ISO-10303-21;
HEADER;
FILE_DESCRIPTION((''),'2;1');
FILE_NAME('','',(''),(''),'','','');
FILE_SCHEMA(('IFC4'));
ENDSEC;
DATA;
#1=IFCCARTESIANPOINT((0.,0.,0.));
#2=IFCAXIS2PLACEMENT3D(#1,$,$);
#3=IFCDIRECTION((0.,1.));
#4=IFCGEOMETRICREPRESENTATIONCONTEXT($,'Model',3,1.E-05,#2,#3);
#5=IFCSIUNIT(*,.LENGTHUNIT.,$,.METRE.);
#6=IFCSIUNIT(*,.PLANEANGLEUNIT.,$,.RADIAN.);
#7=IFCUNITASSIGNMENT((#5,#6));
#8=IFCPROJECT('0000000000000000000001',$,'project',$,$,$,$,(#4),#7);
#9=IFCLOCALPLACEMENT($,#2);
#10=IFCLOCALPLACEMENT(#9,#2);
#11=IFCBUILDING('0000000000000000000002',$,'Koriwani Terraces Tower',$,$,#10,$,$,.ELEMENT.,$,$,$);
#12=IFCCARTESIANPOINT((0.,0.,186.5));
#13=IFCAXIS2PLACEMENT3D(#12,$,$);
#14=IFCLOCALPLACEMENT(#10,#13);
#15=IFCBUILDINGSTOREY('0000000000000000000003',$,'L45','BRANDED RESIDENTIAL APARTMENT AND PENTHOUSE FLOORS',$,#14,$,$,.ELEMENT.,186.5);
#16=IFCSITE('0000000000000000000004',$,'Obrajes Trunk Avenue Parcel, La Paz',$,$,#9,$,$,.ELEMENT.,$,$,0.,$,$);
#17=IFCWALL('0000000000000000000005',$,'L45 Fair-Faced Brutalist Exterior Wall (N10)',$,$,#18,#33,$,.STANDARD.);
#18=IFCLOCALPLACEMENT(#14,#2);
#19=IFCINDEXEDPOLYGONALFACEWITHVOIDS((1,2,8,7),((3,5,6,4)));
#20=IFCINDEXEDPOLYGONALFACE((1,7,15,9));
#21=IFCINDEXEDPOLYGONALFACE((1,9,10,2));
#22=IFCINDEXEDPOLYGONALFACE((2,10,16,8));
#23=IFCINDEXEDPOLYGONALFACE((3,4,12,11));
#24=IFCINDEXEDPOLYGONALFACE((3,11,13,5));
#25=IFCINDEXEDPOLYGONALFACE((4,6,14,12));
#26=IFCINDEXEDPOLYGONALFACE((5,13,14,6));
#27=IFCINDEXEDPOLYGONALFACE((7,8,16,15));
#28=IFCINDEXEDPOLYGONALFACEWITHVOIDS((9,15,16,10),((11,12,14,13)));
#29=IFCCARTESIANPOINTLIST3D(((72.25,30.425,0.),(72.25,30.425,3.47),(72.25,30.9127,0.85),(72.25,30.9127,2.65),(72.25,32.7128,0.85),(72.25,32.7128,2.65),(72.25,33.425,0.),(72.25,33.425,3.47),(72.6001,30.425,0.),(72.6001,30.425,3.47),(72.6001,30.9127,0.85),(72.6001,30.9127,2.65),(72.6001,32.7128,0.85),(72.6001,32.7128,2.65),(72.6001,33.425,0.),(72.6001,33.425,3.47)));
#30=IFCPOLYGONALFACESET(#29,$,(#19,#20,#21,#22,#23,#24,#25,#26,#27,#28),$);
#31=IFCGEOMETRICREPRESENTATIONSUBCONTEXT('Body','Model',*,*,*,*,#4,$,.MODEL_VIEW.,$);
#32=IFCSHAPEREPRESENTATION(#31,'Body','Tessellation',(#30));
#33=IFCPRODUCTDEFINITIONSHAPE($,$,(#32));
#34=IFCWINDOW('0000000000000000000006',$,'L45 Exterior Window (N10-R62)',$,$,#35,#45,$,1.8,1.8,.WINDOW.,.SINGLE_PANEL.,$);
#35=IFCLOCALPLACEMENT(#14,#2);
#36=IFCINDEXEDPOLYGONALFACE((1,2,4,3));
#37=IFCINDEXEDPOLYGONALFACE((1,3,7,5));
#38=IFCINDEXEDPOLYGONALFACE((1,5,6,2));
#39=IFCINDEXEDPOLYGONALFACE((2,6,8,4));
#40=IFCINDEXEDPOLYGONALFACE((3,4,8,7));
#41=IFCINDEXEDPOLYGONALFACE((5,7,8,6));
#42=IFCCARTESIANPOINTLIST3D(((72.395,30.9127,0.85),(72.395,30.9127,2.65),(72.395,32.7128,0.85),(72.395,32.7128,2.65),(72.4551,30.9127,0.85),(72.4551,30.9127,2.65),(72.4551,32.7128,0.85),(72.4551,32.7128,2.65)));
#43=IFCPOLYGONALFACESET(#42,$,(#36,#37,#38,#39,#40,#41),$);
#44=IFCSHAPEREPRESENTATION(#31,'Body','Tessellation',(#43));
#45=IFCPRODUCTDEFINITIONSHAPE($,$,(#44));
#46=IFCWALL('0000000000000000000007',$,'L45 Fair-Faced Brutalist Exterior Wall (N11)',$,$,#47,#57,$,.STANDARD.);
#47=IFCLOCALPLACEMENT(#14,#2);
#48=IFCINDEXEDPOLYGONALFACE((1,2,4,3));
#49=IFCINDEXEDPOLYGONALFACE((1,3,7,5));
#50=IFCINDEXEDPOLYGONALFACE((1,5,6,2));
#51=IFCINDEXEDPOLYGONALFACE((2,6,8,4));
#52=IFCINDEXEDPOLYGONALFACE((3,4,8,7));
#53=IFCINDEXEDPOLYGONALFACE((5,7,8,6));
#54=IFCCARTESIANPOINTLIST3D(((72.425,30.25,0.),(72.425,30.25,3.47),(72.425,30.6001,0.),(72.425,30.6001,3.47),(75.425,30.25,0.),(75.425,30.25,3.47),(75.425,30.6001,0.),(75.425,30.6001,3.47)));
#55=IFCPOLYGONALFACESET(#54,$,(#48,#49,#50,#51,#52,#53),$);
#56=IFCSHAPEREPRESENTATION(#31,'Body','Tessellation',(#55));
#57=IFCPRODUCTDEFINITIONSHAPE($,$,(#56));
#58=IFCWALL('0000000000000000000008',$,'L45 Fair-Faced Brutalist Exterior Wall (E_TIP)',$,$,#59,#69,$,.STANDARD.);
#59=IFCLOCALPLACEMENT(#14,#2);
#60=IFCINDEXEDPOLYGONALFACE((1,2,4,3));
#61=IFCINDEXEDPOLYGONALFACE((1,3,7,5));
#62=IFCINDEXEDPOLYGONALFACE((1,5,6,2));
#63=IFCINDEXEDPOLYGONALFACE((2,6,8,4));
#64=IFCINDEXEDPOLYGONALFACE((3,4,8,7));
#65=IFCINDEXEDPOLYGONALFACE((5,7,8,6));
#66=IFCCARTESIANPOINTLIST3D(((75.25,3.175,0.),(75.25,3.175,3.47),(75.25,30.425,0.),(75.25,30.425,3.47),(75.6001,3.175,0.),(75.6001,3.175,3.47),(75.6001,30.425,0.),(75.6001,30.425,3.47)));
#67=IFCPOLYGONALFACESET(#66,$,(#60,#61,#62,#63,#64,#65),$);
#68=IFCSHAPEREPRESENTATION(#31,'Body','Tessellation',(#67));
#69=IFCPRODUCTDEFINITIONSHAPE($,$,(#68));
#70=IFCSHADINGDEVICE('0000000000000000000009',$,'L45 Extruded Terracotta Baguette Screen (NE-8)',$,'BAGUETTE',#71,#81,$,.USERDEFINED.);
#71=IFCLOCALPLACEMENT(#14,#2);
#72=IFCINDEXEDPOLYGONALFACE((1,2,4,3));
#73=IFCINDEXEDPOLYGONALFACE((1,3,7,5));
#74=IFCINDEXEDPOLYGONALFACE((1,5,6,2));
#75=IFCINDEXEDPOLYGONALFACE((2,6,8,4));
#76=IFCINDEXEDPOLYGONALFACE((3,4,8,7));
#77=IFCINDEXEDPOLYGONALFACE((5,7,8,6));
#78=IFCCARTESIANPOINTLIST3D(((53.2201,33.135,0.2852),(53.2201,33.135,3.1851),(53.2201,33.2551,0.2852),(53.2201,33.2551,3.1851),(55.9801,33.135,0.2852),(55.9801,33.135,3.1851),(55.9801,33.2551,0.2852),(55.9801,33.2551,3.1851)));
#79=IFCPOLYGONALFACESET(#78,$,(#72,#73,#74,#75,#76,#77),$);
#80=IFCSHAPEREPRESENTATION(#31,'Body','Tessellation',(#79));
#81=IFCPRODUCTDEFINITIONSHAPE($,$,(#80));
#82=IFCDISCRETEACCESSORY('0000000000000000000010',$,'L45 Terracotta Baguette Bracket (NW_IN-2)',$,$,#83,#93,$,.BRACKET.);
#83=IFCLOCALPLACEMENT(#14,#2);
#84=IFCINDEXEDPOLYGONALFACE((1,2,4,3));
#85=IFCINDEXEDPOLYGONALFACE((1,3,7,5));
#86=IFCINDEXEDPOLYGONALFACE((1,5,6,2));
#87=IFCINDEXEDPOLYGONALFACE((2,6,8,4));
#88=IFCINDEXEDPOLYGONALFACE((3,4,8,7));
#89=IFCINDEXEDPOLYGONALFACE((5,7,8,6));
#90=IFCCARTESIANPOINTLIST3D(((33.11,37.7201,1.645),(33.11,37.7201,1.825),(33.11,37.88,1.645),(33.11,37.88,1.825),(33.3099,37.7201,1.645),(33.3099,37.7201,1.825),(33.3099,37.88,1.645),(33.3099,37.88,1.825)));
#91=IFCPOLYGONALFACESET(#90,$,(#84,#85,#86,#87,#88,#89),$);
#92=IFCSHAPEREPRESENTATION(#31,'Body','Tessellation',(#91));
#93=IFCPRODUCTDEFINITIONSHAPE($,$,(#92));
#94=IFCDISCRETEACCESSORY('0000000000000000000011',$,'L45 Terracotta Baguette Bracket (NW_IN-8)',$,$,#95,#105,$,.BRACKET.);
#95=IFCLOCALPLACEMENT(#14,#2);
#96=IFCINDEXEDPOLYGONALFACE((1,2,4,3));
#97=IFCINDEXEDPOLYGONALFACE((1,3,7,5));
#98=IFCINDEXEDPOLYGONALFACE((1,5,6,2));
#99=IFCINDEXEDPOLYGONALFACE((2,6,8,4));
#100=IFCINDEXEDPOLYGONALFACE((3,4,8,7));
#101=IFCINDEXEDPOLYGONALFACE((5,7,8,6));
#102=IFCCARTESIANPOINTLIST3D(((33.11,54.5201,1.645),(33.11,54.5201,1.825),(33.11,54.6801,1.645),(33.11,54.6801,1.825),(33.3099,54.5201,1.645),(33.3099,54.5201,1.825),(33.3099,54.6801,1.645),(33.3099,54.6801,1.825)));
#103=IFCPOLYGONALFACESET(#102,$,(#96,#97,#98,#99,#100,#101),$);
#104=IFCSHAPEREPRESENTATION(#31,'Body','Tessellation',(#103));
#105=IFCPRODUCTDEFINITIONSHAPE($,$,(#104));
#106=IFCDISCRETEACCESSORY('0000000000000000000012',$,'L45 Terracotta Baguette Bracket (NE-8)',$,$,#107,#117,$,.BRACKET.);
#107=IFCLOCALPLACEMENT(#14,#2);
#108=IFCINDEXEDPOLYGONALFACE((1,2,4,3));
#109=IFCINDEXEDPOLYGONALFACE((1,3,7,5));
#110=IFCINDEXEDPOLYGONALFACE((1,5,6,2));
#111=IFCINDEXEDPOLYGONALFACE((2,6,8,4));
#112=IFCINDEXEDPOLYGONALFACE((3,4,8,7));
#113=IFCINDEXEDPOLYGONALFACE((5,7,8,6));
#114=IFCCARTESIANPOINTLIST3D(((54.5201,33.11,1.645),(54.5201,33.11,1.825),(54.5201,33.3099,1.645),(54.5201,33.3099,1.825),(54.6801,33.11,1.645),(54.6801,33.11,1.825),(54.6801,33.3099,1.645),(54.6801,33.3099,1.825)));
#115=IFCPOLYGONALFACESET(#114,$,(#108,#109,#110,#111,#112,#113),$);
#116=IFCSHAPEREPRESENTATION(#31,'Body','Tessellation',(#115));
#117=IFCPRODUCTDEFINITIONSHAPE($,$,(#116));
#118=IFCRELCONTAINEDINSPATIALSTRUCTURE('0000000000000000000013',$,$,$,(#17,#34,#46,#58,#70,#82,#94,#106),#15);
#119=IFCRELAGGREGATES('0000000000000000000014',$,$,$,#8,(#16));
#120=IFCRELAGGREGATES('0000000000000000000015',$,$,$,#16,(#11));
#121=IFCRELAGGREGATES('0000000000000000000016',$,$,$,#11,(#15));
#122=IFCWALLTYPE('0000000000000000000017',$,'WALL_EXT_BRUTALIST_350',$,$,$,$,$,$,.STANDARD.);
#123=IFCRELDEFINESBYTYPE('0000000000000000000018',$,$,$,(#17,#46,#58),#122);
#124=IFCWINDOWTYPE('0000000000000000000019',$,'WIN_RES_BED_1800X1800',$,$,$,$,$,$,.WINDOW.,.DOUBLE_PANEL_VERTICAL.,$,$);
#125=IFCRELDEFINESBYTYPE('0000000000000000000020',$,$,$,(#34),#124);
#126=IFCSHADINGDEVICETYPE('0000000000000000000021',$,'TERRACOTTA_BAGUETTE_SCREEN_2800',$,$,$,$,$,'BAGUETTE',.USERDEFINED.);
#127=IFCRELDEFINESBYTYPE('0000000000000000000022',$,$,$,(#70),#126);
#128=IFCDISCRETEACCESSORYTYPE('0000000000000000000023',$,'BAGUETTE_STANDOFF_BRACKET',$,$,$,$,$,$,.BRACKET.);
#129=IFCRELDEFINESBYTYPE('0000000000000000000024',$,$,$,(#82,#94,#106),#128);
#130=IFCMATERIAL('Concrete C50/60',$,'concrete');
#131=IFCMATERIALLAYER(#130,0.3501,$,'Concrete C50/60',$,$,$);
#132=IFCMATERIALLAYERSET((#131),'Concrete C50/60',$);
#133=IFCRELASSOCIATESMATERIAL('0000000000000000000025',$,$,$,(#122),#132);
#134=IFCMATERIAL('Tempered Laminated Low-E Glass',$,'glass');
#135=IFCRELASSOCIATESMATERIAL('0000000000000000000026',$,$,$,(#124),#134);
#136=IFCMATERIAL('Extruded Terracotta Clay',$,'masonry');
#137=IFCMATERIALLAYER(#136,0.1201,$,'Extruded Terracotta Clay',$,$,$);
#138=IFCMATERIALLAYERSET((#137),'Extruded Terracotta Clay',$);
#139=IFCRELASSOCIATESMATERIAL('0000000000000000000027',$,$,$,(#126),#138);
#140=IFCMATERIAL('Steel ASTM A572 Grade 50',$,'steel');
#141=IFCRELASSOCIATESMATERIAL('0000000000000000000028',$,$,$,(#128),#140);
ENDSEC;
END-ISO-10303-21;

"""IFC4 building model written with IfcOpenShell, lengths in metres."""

from ifc_helpers import new_model, si_unit, direction, frame, frame_2d, origin, origin_2d, place, context, subcontext, project, spatial, rectangle, extrude, material, layer, layer_set, type_object, element, fill, save


model = new_model("IFC4")

# Units and contexts
model_context = context("Model", 3, precision=1e-05, world=origin(), true_north=direction((0.0, 1.0)))
body_context = subcontext(model_context, "Body", "Model", "MODEL_VIEW")
ifc_project = project(units=[si_unit("LENGTHUNIT", "METRE"), si_unit("PLANEANGLEUNIT", "RADIAN")], contexts=[model_context])

# Site, building, storey
site_placement = place(None, origin())
site = spatial("IfcSite", under=ifc_project, at=site_placement, Name="Obrajes Trunk Avenue Parcel, La Paz", CompositionType="ELEMENT", RefElevation=0.0)
building_placement = place(site_placement, origin())
building = spatial("IfcBuilding", under=site, at=building_placement, Name="Koriwani Terraces Tower", CompositionType="ELEMENT")
storey_placement = place(building_placement, frame((0.0, 0.0, 186.5)))
storey = spatial("IfcBuildingStorey", under=building, at=storey_placement, Name="L45", Description="BRANDED RESIDENTIAL APARTMENT AND PENTHOUSE FLOORS", CompositionType="ELEMENT", Elevation=186.5)

# Shared definitions
ifc_material_1 = material(Name="Concrete C50/60", Category="concrete")

# Shared definitions
ifc_layer_1 = layer(ifc_material_1, 0.3501, Name="Concrete C50/60")
ifc_layer_set_1 = layer_set([ifc_layer_1], Name="Concrete C50/60")
wall_type_1 = type_object("IfcWallType", Name="WALL_EXT_BRUTALIST_350", PredefinedType="STANDARD", material=ifc_layer_set_1)
ifc_material_2 = material(Name="Tempered Laminated Low-E Glass", Category="glass")
window_type_1 = type_object("IfcWindowType", Name="WIN_RES_BED_1800X1800", PartitioningType="DOUBLE_PANEL_VERTICAL", PredefinedType="WINDOW", material=ifc_material_2)

# Wall, opening, window
wall_1_placement = place(storey_placement, frame((72.425, 33.425, 0.0), z_axis=(0.0, 0.0, 1.0), x_axis=(0.0, -1.0, 0.0)))
wall_1 = element("IfcWall", 1, at=wall_1_placement, inside=storey, type_object=wall_type_1, Name="L45 Fair-Faced Brutalist Exterior Wall (N10)", PredefinedType="STANDARD", context=body_context, shape_type="SweptSolid", body=[
    extrude(rectangle(XDim=3.0, YDim=0.3501, at=frame_2d((1.5, 0.0))), origin(), (0.0, 0.0, 1.0), 3.47),
])
opening_1_placement = place(wall_1_placement, frame((0.7124, 0.0, 0.8501)))
opening_1 = element("IfcOpeningElement", 2, at=opening_1_placement, cuts=wall_1, PredefinedType="OPENING", context=body_context, shape_type="SweptSolid", body=[
    extrude(rectangle(XDim=1.8, YDim=1.8, at=frame_2d((0.8999, 0.8999))), frame((0.0, 0.1851, 0.0), z_axis=(0.0, -1.0, 0.0), x_axis=(1.0, 0.0, 0.0)), (0.0, 0.0, 1.0), 0.3701),
])
window_1_placement = place(opening_1_placement, origin())
window_1 = element("IfcWindow", 3, at=window_1_placement, inside=storey, type_object=window_type_1, Name="L45 Exterior Window (N10-R62)", OverallHeight=1.8, OverallWidth=1.8, PartitioningType="SINGLE_PANEL", PredefinedType="WINDOW", context=body_context, shape_type="SweptSolid", body=[
    extrude(rectangle(XDim=1.8, YDim=1.8, at=frame_2d((0.8999, 0.8999))), frame((0.0, 0.03, 0.0), z_axis=(0.0, -1.0, 0.0), x_axis=(1.0, 0.0, 0.0)), (0.0, 0.0, 1.0), 0.0601),
])
fill(opening_1, window_1)

# Walls
wall_2_placement = place(storey_placement, frame((72.425, 30.425, 0.0), z_axis=(0.0, 0.0, 1.0), x_axis=(1.0, 0.0, 0.0)))
element("IfcWall", 4, at=wall_2_placement, inside=storey, type_object=wall_type_1, Name="L45 Fair-Faced Brutalist Exterior Wall (N11)", PredefinedType="STANDARD", context=body_context, shape_type="SweptSolid", body=[
    extrude(rectangle(XDim=3.0, YDim=0.3501, at=frame_2d((1.5, 0.0))), origin(), (0.0, 0.0, 1.0), 3.47),
])
wall_3_placement = place(storey_placement, frame((75.425, 30.425, 0.0), z_axis=(0.0, 0.0, 1.0), x_axis=(0.0, -1.0, 0.0)))
element("IfcWall", 5, at=wall_3_placement, inside=storey, type_object=wall_type_1, Name="L45 Fair-Faced Brutalist Exterior Wall (E_TIP)", PredefinedType="STANDARD", context=body_context, shape_type="SweptSolid", body=[
    extrude(rectangle(XDim=27.25, YDim=0.3501, at=frame_2d((13.625, 0.0))), origin(), (0.0, 0.0, 1.0), 3.47),
])

# Shared definitions
ifc_material_3 = material(Name="Steel ASTM A572 Grade 50", Category="steel")

# Shading device
ifc_material_4 = material(Name="Extruded Terracotta Clay", Category="masonry")
ifc_layer_2 = layer(ifc_material_4, 0.1201, Name="Extruded Terracotta Clay")
ifc_layer_set_2 = layer_set([ifc_layer_2], Name="Extruded Terracotta Clay")
shading_device_type = type_object("IfcShadingDeviceType", Name="TERRACOTTA_BAGUETTE_SCREEN_2800", ElementType="BAGUETTE", PredefinedType="USERDEFINED", material=ifc_layer_set_2)
shading_device_placement = place(storey_placement, frame((54.6001, 33.1951, 0.2852), z_axis=(0.0, 0.0, 1.0), x_axis=(1.0, 0.0, 0.0)))
element("IfcShadingDevice", 6, at=shading_device_placement, inside=storey, type_object=shading_device_type, Name="L45 Extruded Terracotta Baguette Screen (NE-8)", ObjectType="BAGUETTE", PredefinedType="USERDEFINED", context=body_context, shape_type="SweptSolid", body=[
    extrude(rectangle(XDim=2.76, YDim=0.1201, at=origin_2d()), origin(), (0.0, 0.0, 1.0), 2.8999),
])

# Discrete accessories
discrete_accessory_type = type_object("IfcDiscreteAccessoryType", Name="BAGUETTE_STANDOFF_BRACKET", PredefinedType="BRACKET", material=ifc_material_3)
for number, where, z_axis, x_axis, name in (
    (7, (33.21, 37.8, 1.645), (0.0, 0.0, 1.0), (0.0, -1.0, 0.0), "L45 Terracotta Baguette Bracket (NW_IN-2)"),
    (8, (33.21, 54.6001, 1.645), (0.0, 0.0, 1.0), (0.0, -1.0, 0.0), "L45 Terracotta Baguette Bracket (NW_IN-8)"),
    (9, (54.6001, 33.21, 1.645), (0.0, 0.0, 1.0), (1.0, 0.0, 0.0), "L45 Terracotta Baguette Bracket (NE-8)"),
):
    element("IfcDiscreteAccessory", number, at=place(storey_placement, frame(where, z_axis=z_axis, x_axis=x_axis)), inside=storey, type_object=discrete_accessory_type, Name=name, PredefinedType="BRACKET", context=body_context, shape_type="SweptSolid", body=[
        extrude(rectangle(XDim=0.1599, YDim=0.2, at=origin_2d()), origin(), (0.0, 0.0, 1.0), 0.1799),
    ])

save(model, "model.ifc")
